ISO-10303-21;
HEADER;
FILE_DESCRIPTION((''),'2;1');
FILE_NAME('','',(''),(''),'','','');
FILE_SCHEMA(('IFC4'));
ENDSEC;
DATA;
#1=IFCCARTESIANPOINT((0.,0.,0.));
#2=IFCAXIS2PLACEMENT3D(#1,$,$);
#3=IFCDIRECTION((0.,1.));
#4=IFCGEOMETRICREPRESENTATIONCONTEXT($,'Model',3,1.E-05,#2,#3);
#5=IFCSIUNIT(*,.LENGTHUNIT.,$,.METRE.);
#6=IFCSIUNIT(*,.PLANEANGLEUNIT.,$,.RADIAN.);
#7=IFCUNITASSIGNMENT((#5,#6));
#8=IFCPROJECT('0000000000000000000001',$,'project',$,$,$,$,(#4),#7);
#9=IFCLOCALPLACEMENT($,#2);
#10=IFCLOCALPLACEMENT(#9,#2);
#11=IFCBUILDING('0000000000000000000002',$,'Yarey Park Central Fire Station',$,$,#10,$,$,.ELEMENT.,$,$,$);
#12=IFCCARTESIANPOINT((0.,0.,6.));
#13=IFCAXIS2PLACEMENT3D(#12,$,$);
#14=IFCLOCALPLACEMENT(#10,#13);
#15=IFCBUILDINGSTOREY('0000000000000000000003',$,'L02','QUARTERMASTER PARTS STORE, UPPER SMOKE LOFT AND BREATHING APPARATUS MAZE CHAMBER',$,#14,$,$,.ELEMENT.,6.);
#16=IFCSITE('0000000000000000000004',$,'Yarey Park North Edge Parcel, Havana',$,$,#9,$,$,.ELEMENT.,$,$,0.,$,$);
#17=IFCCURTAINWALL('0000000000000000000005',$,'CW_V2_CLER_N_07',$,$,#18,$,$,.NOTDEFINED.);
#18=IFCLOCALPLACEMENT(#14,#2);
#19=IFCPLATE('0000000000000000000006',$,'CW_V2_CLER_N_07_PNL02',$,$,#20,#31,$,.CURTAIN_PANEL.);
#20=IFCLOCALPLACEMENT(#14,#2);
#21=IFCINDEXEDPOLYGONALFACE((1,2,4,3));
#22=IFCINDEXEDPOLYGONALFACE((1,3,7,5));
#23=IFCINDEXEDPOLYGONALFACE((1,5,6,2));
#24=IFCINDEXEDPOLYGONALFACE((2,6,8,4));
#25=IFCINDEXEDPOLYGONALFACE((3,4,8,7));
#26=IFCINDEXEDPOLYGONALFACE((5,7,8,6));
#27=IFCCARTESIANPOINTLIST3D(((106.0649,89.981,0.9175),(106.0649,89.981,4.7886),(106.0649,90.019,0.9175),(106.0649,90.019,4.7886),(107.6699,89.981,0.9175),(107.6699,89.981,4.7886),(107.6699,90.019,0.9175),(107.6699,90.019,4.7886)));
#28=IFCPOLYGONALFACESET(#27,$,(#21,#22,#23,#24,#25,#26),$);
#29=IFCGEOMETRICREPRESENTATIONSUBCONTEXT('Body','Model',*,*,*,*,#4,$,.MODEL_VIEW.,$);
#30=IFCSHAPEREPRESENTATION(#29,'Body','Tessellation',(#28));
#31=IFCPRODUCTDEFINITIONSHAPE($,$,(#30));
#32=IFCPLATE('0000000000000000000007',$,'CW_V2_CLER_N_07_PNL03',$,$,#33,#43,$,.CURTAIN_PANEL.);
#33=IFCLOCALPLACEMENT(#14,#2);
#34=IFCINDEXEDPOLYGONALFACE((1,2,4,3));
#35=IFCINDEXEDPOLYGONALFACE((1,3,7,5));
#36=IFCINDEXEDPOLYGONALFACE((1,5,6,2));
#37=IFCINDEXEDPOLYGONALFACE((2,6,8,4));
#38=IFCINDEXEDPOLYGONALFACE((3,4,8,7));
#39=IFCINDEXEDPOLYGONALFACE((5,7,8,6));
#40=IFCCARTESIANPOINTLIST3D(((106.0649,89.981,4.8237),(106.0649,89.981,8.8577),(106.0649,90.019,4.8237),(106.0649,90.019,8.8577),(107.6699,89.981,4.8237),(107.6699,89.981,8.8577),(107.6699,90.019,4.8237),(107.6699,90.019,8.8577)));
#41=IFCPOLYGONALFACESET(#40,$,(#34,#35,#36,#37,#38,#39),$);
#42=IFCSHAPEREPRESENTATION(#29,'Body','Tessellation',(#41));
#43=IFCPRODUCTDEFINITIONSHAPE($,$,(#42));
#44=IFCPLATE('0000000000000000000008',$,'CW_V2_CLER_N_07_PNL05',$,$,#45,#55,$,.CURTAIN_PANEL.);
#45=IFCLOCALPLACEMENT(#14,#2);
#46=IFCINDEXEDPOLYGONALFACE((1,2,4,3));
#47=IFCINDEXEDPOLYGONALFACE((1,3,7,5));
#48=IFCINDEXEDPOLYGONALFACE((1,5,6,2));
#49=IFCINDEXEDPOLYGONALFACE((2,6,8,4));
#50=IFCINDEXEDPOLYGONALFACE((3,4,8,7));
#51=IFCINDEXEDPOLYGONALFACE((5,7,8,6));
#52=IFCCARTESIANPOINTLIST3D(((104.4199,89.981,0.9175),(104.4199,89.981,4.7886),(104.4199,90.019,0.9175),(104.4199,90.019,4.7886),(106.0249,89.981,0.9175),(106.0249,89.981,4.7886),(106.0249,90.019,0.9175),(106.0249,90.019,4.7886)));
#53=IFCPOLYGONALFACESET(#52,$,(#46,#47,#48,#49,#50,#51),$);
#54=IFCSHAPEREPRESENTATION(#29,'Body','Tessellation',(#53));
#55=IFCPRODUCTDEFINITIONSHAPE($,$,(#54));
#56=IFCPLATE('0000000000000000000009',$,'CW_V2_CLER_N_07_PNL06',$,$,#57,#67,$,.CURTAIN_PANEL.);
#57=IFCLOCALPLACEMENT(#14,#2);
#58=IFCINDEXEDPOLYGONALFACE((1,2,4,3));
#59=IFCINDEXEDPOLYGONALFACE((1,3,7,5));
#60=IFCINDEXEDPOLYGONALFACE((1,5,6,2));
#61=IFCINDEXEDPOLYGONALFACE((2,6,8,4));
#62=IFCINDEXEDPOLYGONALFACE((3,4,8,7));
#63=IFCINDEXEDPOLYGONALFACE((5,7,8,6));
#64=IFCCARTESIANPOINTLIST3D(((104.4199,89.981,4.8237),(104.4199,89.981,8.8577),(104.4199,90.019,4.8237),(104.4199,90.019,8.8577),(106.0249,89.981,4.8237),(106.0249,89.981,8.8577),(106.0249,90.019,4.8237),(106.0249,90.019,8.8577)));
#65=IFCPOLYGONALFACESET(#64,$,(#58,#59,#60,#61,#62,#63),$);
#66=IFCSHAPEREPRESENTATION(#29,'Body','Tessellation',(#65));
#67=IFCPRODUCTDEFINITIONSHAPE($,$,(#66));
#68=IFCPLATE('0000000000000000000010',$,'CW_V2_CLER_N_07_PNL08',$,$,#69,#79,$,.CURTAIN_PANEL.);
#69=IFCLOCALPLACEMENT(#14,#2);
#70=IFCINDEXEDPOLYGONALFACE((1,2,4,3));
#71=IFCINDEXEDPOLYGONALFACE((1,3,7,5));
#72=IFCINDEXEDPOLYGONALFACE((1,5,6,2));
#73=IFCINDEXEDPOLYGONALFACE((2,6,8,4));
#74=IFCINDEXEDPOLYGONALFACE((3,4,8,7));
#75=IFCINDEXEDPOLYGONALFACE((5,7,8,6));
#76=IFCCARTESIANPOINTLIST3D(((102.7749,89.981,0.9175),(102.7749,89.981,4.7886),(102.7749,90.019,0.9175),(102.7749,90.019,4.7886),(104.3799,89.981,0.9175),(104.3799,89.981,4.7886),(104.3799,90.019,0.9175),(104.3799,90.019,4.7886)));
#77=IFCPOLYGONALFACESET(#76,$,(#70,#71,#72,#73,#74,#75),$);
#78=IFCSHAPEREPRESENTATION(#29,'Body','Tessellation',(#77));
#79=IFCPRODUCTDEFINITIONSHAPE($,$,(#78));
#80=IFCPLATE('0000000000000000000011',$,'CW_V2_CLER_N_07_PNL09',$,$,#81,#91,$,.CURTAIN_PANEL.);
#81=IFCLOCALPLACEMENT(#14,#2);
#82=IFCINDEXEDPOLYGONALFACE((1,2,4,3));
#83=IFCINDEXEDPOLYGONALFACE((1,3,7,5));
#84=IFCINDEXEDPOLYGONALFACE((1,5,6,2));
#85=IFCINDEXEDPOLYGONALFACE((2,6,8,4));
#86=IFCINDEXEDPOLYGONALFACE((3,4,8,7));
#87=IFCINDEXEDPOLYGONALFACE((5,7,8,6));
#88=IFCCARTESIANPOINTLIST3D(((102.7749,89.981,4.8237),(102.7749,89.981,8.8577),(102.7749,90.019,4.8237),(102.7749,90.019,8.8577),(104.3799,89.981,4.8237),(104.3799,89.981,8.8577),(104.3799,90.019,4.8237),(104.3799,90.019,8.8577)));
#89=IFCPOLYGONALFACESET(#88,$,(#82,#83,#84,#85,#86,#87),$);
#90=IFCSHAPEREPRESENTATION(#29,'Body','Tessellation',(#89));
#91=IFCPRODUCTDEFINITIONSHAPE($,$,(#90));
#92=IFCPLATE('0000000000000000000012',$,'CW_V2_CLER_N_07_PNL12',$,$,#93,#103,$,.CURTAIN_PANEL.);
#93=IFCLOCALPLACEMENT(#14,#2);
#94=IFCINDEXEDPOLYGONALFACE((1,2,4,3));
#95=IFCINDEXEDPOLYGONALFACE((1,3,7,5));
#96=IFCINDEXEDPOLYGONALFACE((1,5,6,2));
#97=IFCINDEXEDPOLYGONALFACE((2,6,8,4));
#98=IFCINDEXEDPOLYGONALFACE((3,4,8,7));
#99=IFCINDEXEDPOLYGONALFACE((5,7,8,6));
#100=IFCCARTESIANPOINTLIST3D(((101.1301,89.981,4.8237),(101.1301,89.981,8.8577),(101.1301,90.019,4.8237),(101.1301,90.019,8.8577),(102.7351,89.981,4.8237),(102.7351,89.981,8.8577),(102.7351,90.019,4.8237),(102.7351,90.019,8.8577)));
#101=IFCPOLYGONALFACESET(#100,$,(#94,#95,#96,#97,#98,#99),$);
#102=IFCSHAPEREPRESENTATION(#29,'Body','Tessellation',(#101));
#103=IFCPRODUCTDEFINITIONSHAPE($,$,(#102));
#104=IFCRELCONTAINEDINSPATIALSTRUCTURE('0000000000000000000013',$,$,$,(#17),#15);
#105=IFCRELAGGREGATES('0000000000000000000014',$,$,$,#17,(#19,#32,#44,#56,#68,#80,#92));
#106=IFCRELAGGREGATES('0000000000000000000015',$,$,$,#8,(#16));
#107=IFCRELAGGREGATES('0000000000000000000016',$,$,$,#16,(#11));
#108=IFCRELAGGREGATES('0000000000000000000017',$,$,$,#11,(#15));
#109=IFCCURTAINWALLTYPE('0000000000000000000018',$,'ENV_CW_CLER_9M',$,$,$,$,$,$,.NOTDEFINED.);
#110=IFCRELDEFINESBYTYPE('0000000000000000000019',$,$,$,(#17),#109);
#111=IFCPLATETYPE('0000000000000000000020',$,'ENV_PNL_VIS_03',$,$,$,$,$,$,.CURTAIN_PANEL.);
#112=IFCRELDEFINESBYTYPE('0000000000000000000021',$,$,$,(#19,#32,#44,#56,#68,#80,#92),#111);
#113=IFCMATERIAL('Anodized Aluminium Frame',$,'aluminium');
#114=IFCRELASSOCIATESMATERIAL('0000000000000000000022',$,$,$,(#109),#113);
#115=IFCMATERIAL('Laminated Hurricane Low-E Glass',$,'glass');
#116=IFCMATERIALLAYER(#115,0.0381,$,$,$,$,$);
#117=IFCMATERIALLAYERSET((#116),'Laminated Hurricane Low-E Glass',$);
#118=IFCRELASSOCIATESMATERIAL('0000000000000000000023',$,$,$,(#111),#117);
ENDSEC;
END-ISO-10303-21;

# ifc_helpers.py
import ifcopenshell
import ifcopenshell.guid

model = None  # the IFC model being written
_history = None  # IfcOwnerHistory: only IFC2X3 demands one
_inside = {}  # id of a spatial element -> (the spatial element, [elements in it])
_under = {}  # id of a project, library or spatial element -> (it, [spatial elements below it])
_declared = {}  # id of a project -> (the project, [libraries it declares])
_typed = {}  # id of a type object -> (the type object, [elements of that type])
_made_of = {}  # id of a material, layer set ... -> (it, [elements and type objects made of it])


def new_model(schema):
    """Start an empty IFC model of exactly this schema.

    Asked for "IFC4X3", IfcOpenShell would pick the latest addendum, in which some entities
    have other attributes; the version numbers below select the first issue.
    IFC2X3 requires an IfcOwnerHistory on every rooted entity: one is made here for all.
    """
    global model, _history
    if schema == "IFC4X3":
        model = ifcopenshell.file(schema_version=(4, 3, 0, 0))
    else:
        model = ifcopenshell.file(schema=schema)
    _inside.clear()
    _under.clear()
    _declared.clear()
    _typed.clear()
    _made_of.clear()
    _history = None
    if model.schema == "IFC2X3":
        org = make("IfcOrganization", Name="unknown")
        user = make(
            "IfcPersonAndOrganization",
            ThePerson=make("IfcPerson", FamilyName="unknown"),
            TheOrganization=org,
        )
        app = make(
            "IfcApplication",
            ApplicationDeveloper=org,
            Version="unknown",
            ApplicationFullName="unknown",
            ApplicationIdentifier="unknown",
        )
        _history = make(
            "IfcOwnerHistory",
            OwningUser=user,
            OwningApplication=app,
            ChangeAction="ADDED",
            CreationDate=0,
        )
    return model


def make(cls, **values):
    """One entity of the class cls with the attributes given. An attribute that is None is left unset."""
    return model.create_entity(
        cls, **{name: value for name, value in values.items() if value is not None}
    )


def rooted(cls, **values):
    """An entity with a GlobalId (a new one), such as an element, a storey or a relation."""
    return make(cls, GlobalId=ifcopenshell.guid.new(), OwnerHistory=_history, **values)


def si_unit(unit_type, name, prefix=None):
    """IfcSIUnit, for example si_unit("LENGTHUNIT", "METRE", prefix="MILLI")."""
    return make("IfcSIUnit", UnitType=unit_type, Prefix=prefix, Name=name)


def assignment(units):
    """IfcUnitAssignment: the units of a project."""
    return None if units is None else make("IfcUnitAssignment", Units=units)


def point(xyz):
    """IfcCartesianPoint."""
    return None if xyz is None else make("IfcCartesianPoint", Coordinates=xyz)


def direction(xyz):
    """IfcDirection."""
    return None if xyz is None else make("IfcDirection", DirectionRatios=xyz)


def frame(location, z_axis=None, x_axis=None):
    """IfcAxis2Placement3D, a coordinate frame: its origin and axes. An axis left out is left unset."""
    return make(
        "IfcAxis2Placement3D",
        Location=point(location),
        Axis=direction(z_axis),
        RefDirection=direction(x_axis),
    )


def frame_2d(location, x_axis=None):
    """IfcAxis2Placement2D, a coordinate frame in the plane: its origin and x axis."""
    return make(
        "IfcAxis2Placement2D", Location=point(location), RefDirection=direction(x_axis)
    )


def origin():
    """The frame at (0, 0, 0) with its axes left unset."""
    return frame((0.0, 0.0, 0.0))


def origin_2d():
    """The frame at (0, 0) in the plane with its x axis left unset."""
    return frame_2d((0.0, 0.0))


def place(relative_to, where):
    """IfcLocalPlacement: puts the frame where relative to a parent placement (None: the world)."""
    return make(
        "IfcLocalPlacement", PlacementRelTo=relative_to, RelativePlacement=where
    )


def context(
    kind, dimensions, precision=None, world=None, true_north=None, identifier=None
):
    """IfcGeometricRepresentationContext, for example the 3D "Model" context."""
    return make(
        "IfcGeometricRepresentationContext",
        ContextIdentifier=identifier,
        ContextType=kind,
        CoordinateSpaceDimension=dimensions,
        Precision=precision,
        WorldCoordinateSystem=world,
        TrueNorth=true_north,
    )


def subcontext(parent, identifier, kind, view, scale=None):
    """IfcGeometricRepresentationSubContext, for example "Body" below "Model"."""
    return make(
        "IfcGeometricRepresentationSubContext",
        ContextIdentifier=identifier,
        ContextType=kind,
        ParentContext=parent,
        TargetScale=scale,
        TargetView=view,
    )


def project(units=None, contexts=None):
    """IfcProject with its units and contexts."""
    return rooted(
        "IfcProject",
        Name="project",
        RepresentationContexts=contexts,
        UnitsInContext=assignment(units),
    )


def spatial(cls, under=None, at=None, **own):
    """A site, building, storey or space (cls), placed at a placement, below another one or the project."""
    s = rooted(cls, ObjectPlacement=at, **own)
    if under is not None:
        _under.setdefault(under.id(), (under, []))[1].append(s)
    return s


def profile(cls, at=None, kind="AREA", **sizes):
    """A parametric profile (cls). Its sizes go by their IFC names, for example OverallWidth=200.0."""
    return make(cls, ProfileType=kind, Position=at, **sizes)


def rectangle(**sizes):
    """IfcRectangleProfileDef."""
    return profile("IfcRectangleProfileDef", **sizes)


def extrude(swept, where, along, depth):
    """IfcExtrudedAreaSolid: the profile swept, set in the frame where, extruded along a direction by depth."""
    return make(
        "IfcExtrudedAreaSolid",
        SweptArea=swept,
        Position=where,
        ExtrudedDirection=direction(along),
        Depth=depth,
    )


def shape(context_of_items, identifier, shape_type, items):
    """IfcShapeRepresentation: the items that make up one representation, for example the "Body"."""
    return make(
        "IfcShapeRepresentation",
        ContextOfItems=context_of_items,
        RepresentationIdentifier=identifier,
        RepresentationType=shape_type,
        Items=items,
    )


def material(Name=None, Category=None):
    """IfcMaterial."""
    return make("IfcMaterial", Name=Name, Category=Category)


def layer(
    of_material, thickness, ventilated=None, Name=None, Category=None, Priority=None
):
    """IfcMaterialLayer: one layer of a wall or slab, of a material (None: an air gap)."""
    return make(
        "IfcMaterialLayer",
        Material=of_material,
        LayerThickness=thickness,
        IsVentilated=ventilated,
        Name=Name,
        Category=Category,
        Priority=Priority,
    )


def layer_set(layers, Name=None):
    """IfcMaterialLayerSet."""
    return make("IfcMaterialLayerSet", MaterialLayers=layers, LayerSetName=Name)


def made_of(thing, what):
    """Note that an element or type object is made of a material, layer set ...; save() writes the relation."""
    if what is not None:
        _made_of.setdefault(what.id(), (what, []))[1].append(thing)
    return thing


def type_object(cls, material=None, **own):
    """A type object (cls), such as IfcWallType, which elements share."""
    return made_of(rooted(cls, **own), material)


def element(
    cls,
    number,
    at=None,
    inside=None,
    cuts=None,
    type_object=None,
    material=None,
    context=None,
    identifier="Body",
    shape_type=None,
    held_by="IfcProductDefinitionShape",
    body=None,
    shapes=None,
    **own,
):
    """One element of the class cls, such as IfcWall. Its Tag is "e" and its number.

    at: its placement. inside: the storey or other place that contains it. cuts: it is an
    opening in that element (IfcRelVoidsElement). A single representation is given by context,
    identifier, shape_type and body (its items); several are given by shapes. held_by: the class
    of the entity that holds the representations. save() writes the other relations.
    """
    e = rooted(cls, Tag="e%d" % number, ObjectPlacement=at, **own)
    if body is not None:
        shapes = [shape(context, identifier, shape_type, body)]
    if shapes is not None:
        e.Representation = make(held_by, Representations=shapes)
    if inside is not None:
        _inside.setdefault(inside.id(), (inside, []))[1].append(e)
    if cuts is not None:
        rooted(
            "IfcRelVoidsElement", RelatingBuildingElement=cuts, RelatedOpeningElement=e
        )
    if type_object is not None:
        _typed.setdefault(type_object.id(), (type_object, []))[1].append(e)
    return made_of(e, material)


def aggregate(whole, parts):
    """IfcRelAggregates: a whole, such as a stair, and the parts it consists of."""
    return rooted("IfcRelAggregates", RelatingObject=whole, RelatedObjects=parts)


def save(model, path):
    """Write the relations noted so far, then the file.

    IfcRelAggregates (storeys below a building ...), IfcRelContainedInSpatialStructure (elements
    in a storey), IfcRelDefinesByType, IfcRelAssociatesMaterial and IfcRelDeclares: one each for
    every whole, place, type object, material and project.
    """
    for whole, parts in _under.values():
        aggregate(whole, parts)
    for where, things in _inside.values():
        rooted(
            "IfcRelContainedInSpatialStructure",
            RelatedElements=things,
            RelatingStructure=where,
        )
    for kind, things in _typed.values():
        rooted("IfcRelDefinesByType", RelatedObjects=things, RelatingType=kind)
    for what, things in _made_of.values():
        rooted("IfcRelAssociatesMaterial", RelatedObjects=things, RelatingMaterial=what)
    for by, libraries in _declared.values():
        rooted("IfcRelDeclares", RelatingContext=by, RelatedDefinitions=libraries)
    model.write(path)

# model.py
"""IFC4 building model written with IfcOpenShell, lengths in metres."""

from ifc_helpers import new_model, si_unit, direction, frame, origin, origin_2d, place, context, subcontext, project, spatial, rectangle, extrude, material, layer, layer_set, type_object, element, aggregate, save


model = new_model("IFC4")

# Units and contexts
model_context = context("Model", 3, precision=1e-05, world=origin(), true_north=direction((0.0, 1.0)))
body_context = subcontext(model_context, "Body", "Model", "MODEL_VIEW")
ifc_project = project(units=[si_unit("LENGTHUNIT", "METRE"), si_unit("PLANEANGLEUNIT", "RADIAN")], contexts=[model_context])

# Site, building, storey
site_placement = place(None, origin())
site = spatial("IfcSite", under=ifc_project, at=site_placement, Name="Yarey Park North Edge Parcel, Havana", CompositionType="ELEMENT", RefElevation=0.0)
building_placement = place(site_placement, origin())
building = spatial("IfcBuilding", under=site, at=building_placement, Name="Yarey Park Central Fire Station", CompositionType="ELEMENT")
storey_placement = place(building_placement, frame((0.0, 0.0, 6.0)))
storey = spatial("IfcBuildingStorey", under=building, at=storey_placement, Name="L02", Description="QUARTERMASTER PARTS STORE, UPPER SMOKE LOFT AND BREATHING APPARATUS MAZE CHAMBER", CompositionType="ELEMENT", Elevation=6.0)

# Curtain wall
ifc_material_1 = material(Name="Anodized Aluminium Frame", Category="aluminium")
curtain_wall_type = type_object("IfcCurtainWallType", Name="ENV_CW_CLER_9M", PredefinedType="NOTDEFINED", material=ifc_material_1)
curtain_wall_1_placement = place(storey_placement, origin())
curtain_wall_1 = element("IfcCurtainWall", 1, at=curtain_wall_1_placement, inside=storey, type_object=curtain_wall_type, Name="CW_V2_CLER_N_07", PredefinedType="NOTDEFINED")

# Plates
ifc_material_2 = material(Name="Laminated Hurricane Low-E Glass", Category="glass")
ifc_layer_1 = layer(ifc_material_2, 0.0381)
ifc_layer_set_1 = layer_set([ifc_layer_1], Name="Laminated Hurricane Low-E Glass")
plate_type_1 = type_object("IfcPlateType", Name="ENV_PNL_VIS_03", PredefinedType="CURTAIN_PANEL", material=ifc_layer_set_1)
plate_1_placement = place(storey_placement, frame((106.8674, 90.0, 0.9175), z_axis=(0.0, 0.0, 1.0), x_axis=(-1.0, 0.0, 0.0)))
plate_1 = element("IfcPlate", 2, at=plate_1_placement, type_object=plate_type_1, Name="CW_V2_CLER_N_07_PNL02", PredefinedType="CURTAIN_PANEL", context=body_context, shape_type="SweptSolid", body=[
    extrude(rectangle(XDim=1.605, YDim=0.0381, at=origin_2d()), origin(), (0.0, 0.0, 1.0), 3.8711),
])
plate_2_placement = place(storey_placement, frame((106.8674, 90.0, 4.8237), z_axis=(0.0, 0.0, 1.0), x_axis=(-1.0, 0.0, 0.0)))
plate_2 = element("IfcPlate", 3, at=plate_2_placement, type_object=plate_type_1, Name="CW_V2_CLER_N_07_PNL03", PredefinedType="CURTAIN_PANEL", context=body_context, shape_type="SweptSolid", body=[
    extrude(rectangle(XDim=1.605, YDim=0.0381, at=origin_2d()), origin(), (0.0, 0.0, 1.0), 4.0339),
])
plate_3_placement = place(storey_placement, frame((105.2224, 90.0, 0.9175), z_axis=(0.0, 0.0, 1.0), x_axis=(-1.0, 0.0, 0.0)))
plate_3 = element("IfcPlate", 4, at=plate_3_placement, type_object=plate_type_1, Name="CW_V2_CLER_N_07_PNL05", PredefinedType="CURTAIN_PANEL", context=body_context, shape_type="SweptSolid", body=[
    extrude(rectangle(XDim=1.605, YDim=0.0381, at=origin_2d()), origin(), (0.0, 0.0, 1.0), 3.8711),
])
plate_4_placement = place(storey_placement, frame((105.2224, 90.0, 4.8237), z_axis=(0.0, 0.0, 1.0), x_axis=(-1.0, 0.0, 0.0)))
plate_4 = element("IfcPlate", 5, at=plate_4_placement, type_object=plate_type_1, Name="CW_V2_CLER_N_07_PNL06", PredefinedType="CURTAIN_PANEL", context=body_context, shape_type="SweptSolid", body=[
    extrude(rectangle(XDim=1.605, YDim=0.0381, at=origin_2d()), origin(), (0.0, 0.0, 1.0), 4.0339),
])
plate_5_placement = place(storey_placement, frame((103.5774, 90.0, 0.9175), z_axis=(0.0, 0.0, 1.0), x_axis=(-1.0, 0.0, 0.0)))
plate_5 = element("IfcPlate", 6, at=plate_5_placement, type_object=plate_type_1, Name="CW_V2_CLER_N_07_PNL08", PredefinedType="CURTAIN_PANEL", context=body_context, shape_type="SweptSolid", body=[
    extrude(rectangle(XDim=1.605, YDim=0.0381, at=origin_2d()), origin(), (0.0, 0.0, 1.0), 3.8711),
])
plate_6_placement = place(storey_placement, frame((103.5774, 90.0, 4.8237), z_axis=(0.0, 0.0, 1.0), x_axis=(-1.0, 0.0, 0.0)))
plate_6 = element("IfcPlate", 7, at=plate_6_placement, type_object=plate_type_1, Name="CW_V2_CLER_N_07_PNL09", PredefinedType="CURTAIN_PANEL", context=body_context, shape_type="SweptSolid", body=[
    extrude(rectangle(XDim=1.605, YDim=0.0381, at=origin_2d()), origin(), (0.0, 0.0, 1.0), 4.0339),
])
plate_7_placement = place(storey_placement, frame((101.9326, 90.0, 4.8237), z_axis=(0.0, 0.0, 1.0), x_axis=(-1.0, 0.0, 0.0)))
plate_7 = element("IfcPlate", 8, at=plate_7_placement, type_object=plate_type_1, Name="CW_V2_CLER_N_07_PNL12", PredefinedType="CURTAIN_PANEL", context=body_context, shape_type="SweptSolid", body=[
    extrude(rectangle(XDim=1.605, YDim=0.0381, at=origin_2d()), origin(), (0.0, 0.0, 1.0), 4.0339),
])
aggregate(curtain_wall_1, [plate_1, plate_2, plate_3, plate_4, plate_5, plate_6, plate_7])

save(model, "model.ifc")
